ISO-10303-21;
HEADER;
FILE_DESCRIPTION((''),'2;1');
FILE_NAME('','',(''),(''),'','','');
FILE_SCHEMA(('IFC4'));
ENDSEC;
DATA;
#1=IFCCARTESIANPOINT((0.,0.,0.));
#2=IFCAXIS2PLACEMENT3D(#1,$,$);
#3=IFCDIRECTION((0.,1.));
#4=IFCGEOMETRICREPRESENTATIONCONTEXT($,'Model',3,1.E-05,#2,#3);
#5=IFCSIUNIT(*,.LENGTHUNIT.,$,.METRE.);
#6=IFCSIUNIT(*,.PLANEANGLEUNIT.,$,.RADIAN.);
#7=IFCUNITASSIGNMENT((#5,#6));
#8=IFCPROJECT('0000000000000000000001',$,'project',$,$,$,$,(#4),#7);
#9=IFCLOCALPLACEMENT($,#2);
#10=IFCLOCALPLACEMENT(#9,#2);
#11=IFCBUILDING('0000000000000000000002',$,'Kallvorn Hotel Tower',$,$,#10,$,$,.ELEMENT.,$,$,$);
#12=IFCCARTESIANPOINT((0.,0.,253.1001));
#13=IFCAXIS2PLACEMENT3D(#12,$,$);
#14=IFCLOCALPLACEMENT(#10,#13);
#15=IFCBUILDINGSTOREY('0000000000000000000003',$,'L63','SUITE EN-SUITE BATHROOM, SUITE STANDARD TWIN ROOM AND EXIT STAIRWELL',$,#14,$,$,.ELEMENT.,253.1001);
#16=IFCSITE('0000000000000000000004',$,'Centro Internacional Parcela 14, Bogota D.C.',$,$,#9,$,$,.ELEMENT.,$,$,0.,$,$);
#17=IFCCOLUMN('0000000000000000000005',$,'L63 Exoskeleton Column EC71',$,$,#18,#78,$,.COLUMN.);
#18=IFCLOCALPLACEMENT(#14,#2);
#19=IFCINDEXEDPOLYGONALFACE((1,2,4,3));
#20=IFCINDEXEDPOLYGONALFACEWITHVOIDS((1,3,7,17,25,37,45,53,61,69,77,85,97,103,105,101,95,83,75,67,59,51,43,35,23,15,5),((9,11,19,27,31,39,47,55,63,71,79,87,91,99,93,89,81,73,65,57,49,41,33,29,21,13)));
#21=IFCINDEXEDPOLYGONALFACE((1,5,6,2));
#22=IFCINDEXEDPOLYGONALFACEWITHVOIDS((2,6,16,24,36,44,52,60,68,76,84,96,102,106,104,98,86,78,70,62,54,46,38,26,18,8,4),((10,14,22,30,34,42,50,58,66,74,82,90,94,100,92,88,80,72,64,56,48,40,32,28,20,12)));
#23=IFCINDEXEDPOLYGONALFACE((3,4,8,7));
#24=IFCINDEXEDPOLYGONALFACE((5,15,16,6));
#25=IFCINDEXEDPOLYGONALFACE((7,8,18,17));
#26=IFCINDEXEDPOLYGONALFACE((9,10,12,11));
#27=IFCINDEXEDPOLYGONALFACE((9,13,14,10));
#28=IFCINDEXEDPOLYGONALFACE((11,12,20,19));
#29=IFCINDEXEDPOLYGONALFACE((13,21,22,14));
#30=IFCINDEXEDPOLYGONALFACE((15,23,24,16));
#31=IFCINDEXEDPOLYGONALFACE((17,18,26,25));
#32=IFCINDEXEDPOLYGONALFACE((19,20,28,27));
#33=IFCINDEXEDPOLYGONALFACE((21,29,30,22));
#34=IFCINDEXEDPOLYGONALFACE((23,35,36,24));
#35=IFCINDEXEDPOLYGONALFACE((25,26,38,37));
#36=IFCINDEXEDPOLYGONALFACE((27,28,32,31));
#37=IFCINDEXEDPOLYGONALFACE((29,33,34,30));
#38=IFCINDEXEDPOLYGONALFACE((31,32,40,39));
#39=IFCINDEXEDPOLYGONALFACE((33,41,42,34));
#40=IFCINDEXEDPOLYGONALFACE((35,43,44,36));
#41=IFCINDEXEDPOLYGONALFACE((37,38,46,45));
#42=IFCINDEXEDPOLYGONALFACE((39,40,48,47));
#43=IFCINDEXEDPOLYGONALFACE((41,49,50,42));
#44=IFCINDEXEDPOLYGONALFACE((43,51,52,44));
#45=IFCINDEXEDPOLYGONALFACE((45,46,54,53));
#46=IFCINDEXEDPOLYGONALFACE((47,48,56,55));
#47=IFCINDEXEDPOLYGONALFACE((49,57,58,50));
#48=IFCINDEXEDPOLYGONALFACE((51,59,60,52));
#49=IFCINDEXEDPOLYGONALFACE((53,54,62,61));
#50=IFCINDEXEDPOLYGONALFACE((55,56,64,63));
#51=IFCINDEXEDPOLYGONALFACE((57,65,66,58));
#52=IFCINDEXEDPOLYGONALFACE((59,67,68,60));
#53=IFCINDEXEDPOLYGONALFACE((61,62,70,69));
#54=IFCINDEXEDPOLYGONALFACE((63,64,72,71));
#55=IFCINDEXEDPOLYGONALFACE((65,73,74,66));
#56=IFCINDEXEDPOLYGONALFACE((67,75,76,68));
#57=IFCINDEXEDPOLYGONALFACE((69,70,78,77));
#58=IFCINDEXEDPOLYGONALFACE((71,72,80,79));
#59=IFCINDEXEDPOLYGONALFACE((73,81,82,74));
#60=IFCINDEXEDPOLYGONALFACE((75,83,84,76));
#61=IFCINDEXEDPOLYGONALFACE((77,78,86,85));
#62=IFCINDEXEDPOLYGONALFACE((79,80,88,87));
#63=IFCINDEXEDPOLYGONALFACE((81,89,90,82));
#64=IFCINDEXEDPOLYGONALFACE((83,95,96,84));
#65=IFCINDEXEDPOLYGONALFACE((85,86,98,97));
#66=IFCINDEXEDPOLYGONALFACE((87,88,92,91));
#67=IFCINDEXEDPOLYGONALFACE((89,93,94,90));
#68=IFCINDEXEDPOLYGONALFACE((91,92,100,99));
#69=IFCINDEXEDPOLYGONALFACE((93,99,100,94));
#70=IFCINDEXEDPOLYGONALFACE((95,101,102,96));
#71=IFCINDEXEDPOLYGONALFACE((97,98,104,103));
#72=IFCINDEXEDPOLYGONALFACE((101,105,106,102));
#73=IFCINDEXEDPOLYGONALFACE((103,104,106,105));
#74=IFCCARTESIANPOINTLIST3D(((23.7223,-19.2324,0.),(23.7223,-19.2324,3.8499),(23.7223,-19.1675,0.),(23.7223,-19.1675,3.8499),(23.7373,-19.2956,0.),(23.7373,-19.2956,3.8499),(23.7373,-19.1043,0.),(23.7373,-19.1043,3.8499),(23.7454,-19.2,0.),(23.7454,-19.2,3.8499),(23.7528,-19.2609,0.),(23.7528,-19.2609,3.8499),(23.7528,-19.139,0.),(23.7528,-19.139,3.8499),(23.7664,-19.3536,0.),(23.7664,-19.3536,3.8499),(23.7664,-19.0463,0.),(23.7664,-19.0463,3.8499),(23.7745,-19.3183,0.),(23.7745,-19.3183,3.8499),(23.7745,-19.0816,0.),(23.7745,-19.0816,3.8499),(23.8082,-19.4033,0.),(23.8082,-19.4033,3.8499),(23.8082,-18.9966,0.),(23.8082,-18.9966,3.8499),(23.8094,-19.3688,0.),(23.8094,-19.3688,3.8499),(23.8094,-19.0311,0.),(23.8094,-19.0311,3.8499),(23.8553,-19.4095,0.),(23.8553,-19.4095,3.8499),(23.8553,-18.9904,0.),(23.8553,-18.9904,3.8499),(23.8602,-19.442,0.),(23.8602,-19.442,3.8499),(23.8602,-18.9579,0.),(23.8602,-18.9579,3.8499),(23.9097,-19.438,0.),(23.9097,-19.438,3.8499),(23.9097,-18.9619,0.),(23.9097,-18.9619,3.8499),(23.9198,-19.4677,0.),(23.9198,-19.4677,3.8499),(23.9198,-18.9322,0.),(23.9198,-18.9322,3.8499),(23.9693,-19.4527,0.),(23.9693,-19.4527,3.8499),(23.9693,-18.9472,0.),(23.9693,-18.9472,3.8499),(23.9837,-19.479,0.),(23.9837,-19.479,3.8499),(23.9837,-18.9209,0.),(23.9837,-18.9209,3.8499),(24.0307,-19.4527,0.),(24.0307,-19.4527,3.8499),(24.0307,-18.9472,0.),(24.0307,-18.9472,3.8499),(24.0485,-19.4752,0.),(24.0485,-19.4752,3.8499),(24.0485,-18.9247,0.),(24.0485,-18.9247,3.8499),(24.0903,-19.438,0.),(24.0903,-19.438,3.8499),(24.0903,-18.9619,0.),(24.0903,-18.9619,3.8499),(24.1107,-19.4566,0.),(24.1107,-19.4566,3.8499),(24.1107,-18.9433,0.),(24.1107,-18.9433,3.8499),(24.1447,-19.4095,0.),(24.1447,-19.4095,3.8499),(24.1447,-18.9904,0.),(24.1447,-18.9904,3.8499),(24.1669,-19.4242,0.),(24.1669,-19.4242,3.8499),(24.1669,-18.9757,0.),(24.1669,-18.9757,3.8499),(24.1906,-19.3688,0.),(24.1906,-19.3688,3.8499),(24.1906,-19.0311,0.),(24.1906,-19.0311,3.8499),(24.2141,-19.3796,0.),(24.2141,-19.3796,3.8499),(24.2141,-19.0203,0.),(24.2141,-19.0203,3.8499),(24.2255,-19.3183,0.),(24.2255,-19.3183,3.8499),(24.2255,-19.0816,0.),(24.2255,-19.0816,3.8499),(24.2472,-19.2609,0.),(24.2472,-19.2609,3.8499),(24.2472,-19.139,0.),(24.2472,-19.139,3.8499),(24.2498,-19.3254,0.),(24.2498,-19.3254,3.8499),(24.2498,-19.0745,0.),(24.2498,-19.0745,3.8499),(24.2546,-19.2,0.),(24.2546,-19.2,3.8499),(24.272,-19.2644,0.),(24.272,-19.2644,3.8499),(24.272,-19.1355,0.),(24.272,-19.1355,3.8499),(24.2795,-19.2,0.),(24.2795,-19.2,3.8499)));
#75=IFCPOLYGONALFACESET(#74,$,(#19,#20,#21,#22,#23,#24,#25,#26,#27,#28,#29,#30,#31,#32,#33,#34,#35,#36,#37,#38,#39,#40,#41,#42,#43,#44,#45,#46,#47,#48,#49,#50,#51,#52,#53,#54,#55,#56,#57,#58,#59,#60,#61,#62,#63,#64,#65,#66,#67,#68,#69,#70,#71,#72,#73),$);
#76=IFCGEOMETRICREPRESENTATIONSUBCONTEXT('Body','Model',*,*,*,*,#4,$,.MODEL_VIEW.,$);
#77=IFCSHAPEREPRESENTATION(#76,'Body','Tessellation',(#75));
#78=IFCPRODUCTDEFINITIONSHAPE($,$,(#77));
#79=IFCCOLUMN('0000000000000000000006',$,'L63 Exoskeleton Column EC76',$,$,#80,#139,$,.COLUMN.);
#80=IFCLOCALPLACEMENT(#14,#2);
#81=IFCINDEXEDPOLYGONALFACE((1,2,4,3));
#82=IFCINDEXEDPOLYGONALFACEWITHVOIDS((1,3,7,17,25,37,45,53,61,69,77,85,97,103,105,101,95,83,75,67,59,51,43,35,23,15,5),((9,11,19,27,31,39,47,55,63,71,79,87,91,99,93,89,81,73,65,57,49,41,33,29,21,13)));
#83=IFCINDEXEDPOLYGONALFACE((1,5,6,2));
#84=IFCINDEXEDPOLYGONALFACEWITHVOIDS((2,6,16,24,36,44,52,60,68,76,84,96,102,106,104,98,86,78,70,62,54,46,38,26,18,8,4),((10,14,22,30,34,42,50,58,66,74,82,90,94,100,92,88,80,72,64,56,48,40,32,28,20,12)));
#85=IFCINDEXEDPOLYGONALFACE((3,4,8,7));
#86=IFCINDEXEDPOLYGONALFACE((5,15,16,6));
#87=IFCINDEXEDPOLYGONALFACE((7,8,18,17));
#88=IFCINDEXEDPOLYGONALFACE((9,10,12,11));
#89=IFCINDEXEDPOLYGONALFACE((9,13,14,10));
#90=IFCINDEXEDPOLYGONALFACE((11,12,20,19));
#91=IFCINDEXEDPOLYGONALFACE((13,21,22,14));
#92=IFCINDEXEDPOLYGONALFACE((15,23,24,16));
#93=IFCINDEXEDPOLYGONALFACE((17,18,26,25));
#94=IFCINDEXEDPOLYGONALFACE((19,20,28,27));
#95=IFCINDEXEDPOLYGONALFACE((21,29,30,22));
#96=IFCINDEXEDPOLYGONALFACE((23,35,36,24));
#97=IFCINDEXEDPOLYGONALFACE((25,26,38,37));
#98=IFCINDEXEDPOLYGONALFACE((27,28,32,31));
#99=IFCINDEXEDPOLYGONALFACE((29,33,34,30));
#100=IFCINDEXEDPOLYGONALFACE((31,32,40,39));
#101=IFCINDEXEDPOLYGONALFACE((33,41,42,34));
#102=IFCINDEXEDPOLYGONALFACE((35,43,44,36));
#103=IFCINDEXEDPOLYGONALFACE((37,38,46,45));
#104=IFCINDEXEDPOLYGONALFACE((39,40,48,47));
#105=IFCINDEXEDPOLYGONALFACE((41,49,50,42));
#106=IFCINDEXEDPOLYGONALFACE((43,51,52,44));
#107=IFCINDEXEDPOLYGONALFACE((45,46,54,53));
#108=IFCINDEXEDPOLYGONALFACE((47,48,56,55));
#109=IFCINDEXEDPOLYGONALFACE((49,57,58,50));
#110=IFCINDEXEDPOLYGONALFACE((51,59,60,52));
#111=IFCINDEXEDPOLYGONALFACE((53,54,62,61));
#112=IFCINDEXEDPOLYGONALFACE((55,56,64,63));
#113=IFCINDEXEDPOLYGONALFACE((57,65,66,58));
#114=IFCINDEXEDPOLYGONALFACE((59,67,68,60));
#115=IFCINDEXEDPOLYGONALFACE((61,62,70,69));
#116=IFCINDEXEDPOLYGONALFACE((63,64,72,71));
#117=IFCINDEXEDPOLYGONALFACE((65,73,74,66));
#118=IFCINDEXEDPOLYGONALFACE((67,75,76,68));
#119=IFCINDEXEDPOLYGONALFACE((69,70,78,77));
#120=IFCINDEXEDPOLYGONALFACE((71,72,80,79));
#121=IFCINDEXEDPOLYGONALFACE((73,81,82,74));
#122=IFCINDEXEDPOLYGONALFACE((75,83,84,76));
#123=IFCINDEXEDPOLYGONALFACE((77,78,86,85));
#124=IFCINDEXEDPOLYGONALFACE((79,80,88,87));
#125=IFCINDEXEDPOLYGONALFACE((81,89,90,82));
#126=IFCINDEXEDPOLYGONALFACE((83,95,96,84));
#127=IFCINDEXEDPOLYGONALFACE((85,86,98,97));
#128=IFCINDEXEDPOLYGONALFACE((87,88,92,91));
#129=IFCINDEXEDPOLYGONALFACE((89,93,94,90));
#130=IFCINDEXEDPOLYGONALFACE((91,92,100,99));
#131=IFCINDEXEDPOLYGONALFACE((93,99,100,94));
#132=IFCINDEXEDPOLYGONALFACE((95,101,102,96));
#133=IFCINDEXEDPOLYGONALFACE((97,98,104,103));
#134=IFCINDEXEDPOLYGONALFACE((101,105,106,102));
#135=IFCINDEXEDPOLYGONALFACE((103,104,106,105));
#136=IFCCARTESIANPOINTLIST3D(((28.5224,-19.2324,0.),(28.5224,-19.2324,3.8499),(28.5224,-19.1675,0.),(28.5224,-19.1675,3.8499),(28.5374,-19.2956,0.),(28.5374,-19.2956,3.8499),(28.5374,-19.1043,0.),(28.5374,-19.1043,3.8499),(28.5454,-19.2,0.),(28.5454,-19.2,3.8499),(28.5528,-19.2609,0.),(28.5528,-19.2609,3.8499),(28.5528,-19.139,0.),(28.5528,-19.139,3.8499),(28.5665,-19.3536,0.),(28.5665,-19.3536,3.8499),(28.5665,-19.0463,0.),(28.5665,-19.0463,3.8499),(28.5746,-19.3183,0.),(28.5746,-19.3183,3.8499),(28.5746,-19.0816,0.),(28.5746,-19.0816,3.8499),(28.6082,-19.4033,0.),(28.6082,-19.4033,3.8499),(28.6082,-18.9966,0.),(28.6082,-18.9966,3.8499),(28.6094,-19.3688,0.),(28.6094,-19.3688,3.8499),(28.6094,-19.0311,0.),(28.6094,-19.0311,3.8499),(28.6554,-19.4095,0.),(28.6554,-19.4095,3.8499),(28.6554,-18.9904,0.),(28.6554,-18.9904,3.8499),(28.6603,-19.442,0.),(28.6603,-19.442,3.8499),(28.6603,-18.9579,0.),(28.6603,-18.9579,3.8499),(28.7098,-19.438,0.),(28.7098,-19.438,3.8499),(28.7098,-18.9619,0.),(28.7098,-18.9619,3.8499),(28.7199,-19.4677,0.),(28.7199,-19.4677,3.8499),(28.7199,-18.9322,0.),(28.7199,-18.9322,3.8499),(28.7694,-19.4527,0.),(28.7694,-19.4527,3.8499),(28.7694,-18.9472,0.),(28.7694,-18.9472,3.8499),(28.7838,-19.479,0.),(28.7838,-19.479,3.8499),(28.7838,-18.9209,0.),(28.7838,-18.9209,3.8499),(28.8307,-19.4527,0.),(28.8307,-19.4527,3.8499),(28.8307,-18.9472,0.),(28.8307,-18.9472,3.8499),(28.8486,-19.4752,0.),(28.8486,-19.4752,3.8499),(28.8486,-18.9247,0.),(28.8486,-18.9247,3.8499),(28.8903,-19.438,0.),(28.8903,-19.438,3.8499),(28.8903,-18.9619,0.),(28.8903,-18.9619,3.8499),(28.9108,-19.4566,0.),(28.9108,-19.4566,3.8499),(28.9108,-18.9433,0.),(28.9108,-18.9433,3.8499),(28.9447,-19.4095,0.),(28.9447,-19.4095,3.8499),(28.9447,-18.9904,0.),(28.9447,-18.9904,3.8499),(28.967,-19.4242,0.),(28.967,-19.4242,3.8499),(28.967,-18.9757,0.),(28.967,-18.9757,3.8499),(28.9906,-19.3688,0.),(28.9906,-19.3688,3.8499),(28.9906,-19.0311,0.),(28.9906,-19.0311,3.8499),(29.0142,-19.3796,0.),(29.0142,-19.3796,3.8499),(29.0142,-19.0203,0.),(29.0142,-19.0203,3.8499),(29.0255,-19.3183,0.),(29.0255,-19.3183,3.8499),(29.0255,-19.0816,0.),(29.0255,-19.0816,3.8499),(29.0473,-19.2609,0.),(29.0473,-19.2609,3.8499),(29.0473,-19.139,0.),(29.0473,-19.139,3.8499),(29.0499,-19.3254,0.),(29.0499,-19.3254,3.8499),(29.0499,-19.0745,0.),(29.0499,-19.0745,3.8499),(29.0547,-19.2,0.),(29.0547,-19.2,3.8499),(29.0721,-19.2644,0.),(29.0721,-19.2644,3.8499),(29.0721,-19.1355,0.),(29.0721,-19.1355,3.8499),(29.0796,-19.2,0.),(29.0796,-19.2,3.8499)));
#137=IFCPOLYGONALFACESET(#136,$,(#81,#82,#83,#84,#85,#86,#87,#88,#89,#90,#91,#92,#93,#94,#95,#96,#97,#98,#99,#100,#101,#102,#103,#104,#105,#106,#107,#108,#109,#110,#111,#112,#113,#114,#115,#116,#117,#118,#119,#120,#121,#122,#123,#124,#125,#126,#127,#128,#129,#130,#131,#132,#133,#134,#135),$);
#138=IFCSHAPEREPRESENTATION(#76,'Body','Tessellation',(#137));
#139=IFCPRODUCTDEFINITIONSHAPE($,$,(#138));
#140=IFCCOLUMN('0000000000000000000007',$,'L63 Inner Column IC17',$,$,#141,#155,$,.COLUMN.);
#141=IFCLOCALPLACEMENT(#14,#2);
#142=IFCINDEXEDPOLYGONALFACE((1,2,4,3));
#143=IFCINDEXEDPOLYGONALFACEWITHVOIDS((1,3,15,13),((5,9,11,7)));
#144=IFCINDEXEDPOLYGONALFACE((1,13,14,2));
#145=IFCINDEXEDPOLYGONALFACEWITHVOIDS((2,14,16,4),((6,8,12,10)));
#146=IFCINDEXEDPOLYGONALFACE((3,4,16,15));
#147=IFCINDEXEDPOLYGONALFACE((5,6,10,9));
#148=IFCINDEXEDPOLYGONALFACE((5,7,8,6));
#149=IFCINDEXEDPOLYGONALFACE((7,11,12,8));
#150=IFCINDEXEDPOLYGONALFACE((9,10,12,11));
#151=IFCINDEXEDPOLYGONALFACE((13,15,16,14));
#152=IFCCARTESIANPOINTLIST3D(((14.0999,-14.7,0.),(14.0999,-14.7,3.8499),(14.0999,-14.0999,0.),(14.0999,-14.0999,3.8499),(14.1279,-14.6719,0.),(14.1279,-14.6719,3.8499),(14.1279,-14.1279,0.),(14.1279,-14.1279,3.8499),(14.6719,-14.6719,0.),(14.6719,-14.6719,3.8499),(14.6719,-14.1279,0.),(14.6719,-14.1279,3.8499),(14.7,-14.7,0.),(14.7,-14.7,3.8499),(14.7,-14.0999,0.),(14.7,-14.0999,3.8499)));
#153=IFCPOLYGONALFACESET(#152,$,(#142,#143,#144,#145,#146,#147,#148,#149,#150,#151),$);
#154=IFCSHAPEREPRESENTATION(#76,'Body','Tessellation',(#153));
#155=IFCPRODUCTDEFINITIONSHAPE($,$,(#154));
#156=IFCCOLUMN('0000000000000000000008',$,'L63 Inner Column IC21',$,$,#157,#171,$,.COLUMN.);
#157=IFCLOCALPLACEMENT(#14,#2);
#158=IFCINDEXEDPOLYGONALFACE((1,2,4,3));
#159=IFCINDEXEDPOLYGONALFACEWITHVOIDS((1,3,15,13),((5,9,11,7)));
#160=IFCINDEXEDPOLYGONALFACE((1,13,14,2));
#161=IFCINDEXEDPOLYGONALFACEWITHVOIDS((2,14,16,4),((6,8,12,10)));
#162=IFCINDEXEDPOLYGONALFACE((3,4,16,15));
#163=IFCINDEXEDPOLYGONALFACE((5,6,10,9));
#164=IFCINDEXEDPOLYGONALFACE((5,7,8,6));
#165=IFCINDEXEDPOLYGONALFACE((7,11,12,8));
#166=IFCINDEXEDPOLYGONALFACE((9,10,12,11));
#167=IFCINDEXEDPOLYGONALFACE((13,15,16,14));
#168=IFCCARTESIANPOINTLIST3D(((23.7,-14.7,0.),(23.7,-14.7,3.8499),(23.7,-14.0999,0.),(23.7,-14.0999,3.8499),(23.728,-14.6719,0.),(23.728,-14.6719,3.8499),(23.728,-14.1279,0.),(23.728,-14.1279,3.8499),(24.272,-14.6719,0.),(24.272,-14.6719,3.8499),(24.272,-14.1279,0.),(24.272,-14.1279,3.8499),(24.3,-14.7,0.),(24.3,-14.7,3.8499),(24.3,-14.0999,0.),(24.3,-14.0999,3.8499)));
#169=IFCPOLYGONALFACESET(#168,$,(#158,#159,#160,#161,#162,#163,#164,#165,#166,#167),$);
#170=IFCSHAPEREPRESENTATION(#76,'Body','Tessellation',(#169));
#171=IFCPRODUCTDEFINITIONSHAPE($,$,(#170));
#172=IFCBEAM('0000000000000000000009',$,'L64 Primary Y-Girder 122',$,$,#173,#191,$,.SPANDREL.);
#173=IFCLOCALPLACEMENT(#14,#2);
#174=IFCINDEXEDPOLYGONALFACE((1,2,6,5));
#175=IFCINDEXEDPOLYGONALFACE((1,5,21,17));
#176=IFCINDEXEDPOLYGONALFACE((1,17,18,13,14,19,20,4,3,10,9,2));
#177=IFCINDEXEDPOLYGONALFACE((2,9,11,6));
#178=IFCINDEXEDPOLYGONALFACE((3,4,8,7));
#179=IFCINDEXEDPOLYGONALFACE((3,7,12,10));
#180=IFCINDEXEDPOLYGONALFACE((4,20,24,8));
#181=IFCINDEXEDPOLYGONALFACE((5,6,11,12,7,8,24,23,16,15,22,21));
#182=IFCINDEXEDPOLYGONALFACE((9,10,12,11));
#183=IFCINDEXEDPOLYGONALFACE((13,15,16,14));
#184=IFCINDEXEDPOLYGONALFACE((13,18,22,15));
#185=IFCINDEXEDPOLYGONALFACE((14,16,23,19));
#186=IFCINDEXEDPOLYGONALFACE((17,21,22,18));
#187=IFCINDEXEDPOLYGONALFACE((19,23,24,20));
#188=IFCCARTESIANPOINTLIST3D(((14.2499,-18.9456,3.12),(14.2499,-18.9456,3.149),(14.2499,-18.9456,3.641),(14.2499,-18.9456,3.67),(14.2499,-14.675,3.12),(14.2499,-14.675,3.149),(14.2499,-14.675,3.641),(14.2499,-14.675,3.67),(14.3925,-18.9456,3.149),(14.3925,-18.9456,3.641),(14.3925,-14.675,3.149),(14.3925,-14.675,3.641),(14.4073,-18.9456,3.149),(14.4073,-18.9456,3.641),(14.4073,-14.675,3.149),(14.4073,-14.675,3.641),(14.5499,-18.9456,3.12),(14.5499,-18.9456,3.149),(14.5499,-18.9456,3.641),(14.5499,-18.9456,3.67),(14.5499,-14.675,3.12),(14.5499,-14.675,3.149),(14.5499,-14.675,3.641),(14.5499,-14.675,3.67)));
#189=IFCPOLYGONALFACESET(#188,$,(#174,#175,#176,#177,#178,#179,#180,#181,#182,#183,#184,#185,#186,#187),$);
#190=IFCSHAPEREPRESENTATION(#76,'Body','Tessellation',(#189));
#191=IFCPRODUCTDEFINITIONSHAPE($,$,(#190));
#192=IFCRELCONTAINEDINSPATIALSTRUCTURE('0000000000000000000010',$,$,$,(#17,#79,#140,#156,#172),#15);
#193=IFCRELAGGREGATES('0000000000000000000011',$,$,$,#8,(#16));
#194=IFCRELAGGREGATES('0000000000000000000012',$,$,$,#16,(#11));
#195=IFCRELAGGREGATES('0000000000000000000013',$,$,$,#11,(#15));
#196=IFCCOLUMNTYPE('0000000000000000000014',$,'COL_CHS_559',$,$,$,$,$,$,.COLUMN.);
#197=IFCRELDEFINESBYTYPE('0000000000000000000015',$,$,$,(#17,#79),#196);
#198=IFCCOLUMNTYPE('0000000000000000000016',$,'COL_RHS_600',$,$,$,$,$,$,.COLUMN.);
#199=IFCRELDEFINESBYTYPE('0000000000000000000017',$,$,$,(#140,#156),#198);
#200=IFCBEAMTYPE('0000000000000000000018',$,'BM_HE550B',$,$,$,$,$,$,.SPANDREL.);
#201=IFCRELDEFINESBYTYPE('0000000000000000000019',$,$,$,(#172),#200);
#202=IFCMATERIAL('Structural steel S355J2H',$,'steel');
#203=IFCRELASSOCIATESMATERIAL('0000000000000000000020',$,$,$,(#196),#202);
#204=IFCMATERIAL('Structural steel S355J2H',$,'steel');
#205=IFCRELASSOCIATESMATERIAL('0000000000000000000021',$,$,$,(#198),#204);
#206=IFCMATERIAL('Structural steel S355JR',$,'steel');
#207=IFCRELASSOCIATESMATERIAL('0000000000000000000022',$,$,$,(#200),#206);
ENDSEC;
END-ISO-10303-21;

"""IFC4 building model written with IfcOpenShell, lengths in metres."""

from ifc_helpers import new_model, si_unit, direction, frame, origin, origin_2d, place, context, subcontext, project, spatial, hollow_rectangle, hollow_circle, i_section, extrude, material, material_profile, profile_set, type_object, element, save


model = new_model("IFC4")

# Units and contexts
model_context = context("Model", 3, precision=1e-05, world=origin(), true_north=direction((0.0, 1.0)))
body_context = subcontext(model_context, "Body", "Model", "MODEL_VIEW")
ifc_project = project(units=[si_unit("LENGTHUNIT", "METRE"), si_unit("PLANEANGLEUNIT", "RADIAN")], contexts=[model_context])

# Site, building, storey
site_placement = place(None, origin())
site = spatial("IfcSite", under=ifc_project, at=site_placement, Name="Centro Internacional Parcela 14, Bogota D.C.", CompositionType="ELEMENT", RefElevation=0.0)
building_placement = place(site_placement, origin())
building = spatial("IfcBuilding", under=site, at=building_placement, Name="Kallvorn Hotel Tower", CompositionType="ELEMENT")
storey_placement = place(building_placement, frame((0.0, 0.0, 253.1001)))
storey = spatial("IfcBuildingStorey", under=building, at=storey_placement, Name="L63", Description="SUITE EN-SUITE BATHROOM, SUITE STANDARD TWIN ROOM AND EXIT STAIRWELL", CompositionType="ELEMENT", Elevation=253.1001)

# Columns
ifc_material_1 = material(Name="Structural steel S355J2H", Category="steel")
ifc_material_profile_1 = material_profile(ifc_material_1, hollow_circle(Radius=0.2795, WallThickness=0.0249, at=origin_2d()), Name="CHS 559x25")
ifc_profile_set_1 = profile_set([ifc_material_profile_1], Name="Structural steel S355J2H")
column_type_1 = type_object("IfcColumnType", Name="COL_CHS_559", PredefinedType="COLUMN", material=ifc_profile_set_1)
for number, where, z_axis, x_axis, name in (
    (1, (24.0, -19.2, 0.0), (0.0, 0.0, 1.0), (1.0, 0.0, 0.0), "L63 Exoskeleton Column EC71"),
    (2, (28.8, -19.2, 0.0), (0.0, 0.0, 1.0), (1.0, 0.0, 0.0), "L63 Exoskeleton Column EC76"),
):
    element("IfcColumn", number, at=place(storey_placement, frame(where, z_axis=z_axis, x_axis=x_axis)), inside=storey, type_object=column_type_1, Name=name, PredefinedType="COLUMN", context=body_context, shape_type="SweptSolid", body=[
        extrude(hollow_circle(Radius=0.2795, WallThickness=0.0249, at=origin_2d()), origin(), (0.0, 0.0, 1.0), 3.8499),
    ])
ifc_material_2 = material(Name="Structural steel S355J2H", Category="steel")
ifc_material_profile_2 = material_profile(ifc_material_2, hollow_rectangle(XDim=0.6001, YDim=0.6001, WallThickness=0.0281, at=origin_2d()), Name="RHS 600x600x28")
ifc_profile_set_2 = profile_set([ifc_material_profile_2], Name="Structural steel S355J2H")
column_type_2 = type_object("IfcColumnType", Name="COL_RHS_600", PredefinedType="COLUMN", material=ifc_profile_set_2)
for number, where, z_axis, x_axis, name in (
    (3, (14.3999, -14.3999, 0.0), (0.0, 0.0, 1.0), (1.0, 0.0, 0.0), "L63 Inner Column IC17"),
    (4, (24.0, -14.3999, 0.0), (0.0, 0.0, 1.0), (1.0, 0.0, 0.0), "L63 Inner Column IC21"),
):
    element("IfcColumn", number, at=place(storey_placement, frame(where, z_axis=z_axis, x_axis=x_axis)), inside=storey, type_object=column_type_2, Name=name, PredefinedType="COLUMN", context=body_context, shape_type="SweptSolid", body=[
        extrude(hollow_rectangle(XDim=0.6001, YDim=0.6001, WallThickness=0.0281, at=origin_2d()), origin(), (0.0, 0.0, 1.0), 3.8499),
    ])

# Beam
ifc_material_3 = material(Name="Structural steel S355JR", Category="steel")
ifc_material_profile_3 = material_profile(ifc_material_3, i_section(OverallWidth=0.3, OverallDepth=0.55, WebThickness=0.0149, FlangeThickness=0.0291, at=origin_2d()), Name="HE 550 B")
ifc_profile_set_3 = profile_set([ifc_material_profile_3], Name="Structural steel S355JR")
beam_type_1 = type_object("IfcBeamType", Name="BM_HE550B", PredefinedType="SPANDREL", material=ifc_profile_set_3)
beam_1_placement = place(storey_placement, frame((14.3999, -18.9456, 3.395), z_axis=(0.0, 1.0, 0.0), x_axis=(-1.0, 0.0, 0.0)))
element("IfcBeam", 5, at=beam_1_placement, inside=storey, type_object=beam_type_1, Name="L64 Primary Y-Girder 122", PredefinedType="SPANDREL", context=body_context, shape_type="SweptSolid", body=[
    extrude(i_section(OverallWidth=0.3, OverallDepth=0.55, WebThickness=0.0149, FlangeThickness=0.0291, at=origin_2d()), origin(), (0.0, 0.0, 1.0), 4.2705),
])

save(model, "model.ifc")
